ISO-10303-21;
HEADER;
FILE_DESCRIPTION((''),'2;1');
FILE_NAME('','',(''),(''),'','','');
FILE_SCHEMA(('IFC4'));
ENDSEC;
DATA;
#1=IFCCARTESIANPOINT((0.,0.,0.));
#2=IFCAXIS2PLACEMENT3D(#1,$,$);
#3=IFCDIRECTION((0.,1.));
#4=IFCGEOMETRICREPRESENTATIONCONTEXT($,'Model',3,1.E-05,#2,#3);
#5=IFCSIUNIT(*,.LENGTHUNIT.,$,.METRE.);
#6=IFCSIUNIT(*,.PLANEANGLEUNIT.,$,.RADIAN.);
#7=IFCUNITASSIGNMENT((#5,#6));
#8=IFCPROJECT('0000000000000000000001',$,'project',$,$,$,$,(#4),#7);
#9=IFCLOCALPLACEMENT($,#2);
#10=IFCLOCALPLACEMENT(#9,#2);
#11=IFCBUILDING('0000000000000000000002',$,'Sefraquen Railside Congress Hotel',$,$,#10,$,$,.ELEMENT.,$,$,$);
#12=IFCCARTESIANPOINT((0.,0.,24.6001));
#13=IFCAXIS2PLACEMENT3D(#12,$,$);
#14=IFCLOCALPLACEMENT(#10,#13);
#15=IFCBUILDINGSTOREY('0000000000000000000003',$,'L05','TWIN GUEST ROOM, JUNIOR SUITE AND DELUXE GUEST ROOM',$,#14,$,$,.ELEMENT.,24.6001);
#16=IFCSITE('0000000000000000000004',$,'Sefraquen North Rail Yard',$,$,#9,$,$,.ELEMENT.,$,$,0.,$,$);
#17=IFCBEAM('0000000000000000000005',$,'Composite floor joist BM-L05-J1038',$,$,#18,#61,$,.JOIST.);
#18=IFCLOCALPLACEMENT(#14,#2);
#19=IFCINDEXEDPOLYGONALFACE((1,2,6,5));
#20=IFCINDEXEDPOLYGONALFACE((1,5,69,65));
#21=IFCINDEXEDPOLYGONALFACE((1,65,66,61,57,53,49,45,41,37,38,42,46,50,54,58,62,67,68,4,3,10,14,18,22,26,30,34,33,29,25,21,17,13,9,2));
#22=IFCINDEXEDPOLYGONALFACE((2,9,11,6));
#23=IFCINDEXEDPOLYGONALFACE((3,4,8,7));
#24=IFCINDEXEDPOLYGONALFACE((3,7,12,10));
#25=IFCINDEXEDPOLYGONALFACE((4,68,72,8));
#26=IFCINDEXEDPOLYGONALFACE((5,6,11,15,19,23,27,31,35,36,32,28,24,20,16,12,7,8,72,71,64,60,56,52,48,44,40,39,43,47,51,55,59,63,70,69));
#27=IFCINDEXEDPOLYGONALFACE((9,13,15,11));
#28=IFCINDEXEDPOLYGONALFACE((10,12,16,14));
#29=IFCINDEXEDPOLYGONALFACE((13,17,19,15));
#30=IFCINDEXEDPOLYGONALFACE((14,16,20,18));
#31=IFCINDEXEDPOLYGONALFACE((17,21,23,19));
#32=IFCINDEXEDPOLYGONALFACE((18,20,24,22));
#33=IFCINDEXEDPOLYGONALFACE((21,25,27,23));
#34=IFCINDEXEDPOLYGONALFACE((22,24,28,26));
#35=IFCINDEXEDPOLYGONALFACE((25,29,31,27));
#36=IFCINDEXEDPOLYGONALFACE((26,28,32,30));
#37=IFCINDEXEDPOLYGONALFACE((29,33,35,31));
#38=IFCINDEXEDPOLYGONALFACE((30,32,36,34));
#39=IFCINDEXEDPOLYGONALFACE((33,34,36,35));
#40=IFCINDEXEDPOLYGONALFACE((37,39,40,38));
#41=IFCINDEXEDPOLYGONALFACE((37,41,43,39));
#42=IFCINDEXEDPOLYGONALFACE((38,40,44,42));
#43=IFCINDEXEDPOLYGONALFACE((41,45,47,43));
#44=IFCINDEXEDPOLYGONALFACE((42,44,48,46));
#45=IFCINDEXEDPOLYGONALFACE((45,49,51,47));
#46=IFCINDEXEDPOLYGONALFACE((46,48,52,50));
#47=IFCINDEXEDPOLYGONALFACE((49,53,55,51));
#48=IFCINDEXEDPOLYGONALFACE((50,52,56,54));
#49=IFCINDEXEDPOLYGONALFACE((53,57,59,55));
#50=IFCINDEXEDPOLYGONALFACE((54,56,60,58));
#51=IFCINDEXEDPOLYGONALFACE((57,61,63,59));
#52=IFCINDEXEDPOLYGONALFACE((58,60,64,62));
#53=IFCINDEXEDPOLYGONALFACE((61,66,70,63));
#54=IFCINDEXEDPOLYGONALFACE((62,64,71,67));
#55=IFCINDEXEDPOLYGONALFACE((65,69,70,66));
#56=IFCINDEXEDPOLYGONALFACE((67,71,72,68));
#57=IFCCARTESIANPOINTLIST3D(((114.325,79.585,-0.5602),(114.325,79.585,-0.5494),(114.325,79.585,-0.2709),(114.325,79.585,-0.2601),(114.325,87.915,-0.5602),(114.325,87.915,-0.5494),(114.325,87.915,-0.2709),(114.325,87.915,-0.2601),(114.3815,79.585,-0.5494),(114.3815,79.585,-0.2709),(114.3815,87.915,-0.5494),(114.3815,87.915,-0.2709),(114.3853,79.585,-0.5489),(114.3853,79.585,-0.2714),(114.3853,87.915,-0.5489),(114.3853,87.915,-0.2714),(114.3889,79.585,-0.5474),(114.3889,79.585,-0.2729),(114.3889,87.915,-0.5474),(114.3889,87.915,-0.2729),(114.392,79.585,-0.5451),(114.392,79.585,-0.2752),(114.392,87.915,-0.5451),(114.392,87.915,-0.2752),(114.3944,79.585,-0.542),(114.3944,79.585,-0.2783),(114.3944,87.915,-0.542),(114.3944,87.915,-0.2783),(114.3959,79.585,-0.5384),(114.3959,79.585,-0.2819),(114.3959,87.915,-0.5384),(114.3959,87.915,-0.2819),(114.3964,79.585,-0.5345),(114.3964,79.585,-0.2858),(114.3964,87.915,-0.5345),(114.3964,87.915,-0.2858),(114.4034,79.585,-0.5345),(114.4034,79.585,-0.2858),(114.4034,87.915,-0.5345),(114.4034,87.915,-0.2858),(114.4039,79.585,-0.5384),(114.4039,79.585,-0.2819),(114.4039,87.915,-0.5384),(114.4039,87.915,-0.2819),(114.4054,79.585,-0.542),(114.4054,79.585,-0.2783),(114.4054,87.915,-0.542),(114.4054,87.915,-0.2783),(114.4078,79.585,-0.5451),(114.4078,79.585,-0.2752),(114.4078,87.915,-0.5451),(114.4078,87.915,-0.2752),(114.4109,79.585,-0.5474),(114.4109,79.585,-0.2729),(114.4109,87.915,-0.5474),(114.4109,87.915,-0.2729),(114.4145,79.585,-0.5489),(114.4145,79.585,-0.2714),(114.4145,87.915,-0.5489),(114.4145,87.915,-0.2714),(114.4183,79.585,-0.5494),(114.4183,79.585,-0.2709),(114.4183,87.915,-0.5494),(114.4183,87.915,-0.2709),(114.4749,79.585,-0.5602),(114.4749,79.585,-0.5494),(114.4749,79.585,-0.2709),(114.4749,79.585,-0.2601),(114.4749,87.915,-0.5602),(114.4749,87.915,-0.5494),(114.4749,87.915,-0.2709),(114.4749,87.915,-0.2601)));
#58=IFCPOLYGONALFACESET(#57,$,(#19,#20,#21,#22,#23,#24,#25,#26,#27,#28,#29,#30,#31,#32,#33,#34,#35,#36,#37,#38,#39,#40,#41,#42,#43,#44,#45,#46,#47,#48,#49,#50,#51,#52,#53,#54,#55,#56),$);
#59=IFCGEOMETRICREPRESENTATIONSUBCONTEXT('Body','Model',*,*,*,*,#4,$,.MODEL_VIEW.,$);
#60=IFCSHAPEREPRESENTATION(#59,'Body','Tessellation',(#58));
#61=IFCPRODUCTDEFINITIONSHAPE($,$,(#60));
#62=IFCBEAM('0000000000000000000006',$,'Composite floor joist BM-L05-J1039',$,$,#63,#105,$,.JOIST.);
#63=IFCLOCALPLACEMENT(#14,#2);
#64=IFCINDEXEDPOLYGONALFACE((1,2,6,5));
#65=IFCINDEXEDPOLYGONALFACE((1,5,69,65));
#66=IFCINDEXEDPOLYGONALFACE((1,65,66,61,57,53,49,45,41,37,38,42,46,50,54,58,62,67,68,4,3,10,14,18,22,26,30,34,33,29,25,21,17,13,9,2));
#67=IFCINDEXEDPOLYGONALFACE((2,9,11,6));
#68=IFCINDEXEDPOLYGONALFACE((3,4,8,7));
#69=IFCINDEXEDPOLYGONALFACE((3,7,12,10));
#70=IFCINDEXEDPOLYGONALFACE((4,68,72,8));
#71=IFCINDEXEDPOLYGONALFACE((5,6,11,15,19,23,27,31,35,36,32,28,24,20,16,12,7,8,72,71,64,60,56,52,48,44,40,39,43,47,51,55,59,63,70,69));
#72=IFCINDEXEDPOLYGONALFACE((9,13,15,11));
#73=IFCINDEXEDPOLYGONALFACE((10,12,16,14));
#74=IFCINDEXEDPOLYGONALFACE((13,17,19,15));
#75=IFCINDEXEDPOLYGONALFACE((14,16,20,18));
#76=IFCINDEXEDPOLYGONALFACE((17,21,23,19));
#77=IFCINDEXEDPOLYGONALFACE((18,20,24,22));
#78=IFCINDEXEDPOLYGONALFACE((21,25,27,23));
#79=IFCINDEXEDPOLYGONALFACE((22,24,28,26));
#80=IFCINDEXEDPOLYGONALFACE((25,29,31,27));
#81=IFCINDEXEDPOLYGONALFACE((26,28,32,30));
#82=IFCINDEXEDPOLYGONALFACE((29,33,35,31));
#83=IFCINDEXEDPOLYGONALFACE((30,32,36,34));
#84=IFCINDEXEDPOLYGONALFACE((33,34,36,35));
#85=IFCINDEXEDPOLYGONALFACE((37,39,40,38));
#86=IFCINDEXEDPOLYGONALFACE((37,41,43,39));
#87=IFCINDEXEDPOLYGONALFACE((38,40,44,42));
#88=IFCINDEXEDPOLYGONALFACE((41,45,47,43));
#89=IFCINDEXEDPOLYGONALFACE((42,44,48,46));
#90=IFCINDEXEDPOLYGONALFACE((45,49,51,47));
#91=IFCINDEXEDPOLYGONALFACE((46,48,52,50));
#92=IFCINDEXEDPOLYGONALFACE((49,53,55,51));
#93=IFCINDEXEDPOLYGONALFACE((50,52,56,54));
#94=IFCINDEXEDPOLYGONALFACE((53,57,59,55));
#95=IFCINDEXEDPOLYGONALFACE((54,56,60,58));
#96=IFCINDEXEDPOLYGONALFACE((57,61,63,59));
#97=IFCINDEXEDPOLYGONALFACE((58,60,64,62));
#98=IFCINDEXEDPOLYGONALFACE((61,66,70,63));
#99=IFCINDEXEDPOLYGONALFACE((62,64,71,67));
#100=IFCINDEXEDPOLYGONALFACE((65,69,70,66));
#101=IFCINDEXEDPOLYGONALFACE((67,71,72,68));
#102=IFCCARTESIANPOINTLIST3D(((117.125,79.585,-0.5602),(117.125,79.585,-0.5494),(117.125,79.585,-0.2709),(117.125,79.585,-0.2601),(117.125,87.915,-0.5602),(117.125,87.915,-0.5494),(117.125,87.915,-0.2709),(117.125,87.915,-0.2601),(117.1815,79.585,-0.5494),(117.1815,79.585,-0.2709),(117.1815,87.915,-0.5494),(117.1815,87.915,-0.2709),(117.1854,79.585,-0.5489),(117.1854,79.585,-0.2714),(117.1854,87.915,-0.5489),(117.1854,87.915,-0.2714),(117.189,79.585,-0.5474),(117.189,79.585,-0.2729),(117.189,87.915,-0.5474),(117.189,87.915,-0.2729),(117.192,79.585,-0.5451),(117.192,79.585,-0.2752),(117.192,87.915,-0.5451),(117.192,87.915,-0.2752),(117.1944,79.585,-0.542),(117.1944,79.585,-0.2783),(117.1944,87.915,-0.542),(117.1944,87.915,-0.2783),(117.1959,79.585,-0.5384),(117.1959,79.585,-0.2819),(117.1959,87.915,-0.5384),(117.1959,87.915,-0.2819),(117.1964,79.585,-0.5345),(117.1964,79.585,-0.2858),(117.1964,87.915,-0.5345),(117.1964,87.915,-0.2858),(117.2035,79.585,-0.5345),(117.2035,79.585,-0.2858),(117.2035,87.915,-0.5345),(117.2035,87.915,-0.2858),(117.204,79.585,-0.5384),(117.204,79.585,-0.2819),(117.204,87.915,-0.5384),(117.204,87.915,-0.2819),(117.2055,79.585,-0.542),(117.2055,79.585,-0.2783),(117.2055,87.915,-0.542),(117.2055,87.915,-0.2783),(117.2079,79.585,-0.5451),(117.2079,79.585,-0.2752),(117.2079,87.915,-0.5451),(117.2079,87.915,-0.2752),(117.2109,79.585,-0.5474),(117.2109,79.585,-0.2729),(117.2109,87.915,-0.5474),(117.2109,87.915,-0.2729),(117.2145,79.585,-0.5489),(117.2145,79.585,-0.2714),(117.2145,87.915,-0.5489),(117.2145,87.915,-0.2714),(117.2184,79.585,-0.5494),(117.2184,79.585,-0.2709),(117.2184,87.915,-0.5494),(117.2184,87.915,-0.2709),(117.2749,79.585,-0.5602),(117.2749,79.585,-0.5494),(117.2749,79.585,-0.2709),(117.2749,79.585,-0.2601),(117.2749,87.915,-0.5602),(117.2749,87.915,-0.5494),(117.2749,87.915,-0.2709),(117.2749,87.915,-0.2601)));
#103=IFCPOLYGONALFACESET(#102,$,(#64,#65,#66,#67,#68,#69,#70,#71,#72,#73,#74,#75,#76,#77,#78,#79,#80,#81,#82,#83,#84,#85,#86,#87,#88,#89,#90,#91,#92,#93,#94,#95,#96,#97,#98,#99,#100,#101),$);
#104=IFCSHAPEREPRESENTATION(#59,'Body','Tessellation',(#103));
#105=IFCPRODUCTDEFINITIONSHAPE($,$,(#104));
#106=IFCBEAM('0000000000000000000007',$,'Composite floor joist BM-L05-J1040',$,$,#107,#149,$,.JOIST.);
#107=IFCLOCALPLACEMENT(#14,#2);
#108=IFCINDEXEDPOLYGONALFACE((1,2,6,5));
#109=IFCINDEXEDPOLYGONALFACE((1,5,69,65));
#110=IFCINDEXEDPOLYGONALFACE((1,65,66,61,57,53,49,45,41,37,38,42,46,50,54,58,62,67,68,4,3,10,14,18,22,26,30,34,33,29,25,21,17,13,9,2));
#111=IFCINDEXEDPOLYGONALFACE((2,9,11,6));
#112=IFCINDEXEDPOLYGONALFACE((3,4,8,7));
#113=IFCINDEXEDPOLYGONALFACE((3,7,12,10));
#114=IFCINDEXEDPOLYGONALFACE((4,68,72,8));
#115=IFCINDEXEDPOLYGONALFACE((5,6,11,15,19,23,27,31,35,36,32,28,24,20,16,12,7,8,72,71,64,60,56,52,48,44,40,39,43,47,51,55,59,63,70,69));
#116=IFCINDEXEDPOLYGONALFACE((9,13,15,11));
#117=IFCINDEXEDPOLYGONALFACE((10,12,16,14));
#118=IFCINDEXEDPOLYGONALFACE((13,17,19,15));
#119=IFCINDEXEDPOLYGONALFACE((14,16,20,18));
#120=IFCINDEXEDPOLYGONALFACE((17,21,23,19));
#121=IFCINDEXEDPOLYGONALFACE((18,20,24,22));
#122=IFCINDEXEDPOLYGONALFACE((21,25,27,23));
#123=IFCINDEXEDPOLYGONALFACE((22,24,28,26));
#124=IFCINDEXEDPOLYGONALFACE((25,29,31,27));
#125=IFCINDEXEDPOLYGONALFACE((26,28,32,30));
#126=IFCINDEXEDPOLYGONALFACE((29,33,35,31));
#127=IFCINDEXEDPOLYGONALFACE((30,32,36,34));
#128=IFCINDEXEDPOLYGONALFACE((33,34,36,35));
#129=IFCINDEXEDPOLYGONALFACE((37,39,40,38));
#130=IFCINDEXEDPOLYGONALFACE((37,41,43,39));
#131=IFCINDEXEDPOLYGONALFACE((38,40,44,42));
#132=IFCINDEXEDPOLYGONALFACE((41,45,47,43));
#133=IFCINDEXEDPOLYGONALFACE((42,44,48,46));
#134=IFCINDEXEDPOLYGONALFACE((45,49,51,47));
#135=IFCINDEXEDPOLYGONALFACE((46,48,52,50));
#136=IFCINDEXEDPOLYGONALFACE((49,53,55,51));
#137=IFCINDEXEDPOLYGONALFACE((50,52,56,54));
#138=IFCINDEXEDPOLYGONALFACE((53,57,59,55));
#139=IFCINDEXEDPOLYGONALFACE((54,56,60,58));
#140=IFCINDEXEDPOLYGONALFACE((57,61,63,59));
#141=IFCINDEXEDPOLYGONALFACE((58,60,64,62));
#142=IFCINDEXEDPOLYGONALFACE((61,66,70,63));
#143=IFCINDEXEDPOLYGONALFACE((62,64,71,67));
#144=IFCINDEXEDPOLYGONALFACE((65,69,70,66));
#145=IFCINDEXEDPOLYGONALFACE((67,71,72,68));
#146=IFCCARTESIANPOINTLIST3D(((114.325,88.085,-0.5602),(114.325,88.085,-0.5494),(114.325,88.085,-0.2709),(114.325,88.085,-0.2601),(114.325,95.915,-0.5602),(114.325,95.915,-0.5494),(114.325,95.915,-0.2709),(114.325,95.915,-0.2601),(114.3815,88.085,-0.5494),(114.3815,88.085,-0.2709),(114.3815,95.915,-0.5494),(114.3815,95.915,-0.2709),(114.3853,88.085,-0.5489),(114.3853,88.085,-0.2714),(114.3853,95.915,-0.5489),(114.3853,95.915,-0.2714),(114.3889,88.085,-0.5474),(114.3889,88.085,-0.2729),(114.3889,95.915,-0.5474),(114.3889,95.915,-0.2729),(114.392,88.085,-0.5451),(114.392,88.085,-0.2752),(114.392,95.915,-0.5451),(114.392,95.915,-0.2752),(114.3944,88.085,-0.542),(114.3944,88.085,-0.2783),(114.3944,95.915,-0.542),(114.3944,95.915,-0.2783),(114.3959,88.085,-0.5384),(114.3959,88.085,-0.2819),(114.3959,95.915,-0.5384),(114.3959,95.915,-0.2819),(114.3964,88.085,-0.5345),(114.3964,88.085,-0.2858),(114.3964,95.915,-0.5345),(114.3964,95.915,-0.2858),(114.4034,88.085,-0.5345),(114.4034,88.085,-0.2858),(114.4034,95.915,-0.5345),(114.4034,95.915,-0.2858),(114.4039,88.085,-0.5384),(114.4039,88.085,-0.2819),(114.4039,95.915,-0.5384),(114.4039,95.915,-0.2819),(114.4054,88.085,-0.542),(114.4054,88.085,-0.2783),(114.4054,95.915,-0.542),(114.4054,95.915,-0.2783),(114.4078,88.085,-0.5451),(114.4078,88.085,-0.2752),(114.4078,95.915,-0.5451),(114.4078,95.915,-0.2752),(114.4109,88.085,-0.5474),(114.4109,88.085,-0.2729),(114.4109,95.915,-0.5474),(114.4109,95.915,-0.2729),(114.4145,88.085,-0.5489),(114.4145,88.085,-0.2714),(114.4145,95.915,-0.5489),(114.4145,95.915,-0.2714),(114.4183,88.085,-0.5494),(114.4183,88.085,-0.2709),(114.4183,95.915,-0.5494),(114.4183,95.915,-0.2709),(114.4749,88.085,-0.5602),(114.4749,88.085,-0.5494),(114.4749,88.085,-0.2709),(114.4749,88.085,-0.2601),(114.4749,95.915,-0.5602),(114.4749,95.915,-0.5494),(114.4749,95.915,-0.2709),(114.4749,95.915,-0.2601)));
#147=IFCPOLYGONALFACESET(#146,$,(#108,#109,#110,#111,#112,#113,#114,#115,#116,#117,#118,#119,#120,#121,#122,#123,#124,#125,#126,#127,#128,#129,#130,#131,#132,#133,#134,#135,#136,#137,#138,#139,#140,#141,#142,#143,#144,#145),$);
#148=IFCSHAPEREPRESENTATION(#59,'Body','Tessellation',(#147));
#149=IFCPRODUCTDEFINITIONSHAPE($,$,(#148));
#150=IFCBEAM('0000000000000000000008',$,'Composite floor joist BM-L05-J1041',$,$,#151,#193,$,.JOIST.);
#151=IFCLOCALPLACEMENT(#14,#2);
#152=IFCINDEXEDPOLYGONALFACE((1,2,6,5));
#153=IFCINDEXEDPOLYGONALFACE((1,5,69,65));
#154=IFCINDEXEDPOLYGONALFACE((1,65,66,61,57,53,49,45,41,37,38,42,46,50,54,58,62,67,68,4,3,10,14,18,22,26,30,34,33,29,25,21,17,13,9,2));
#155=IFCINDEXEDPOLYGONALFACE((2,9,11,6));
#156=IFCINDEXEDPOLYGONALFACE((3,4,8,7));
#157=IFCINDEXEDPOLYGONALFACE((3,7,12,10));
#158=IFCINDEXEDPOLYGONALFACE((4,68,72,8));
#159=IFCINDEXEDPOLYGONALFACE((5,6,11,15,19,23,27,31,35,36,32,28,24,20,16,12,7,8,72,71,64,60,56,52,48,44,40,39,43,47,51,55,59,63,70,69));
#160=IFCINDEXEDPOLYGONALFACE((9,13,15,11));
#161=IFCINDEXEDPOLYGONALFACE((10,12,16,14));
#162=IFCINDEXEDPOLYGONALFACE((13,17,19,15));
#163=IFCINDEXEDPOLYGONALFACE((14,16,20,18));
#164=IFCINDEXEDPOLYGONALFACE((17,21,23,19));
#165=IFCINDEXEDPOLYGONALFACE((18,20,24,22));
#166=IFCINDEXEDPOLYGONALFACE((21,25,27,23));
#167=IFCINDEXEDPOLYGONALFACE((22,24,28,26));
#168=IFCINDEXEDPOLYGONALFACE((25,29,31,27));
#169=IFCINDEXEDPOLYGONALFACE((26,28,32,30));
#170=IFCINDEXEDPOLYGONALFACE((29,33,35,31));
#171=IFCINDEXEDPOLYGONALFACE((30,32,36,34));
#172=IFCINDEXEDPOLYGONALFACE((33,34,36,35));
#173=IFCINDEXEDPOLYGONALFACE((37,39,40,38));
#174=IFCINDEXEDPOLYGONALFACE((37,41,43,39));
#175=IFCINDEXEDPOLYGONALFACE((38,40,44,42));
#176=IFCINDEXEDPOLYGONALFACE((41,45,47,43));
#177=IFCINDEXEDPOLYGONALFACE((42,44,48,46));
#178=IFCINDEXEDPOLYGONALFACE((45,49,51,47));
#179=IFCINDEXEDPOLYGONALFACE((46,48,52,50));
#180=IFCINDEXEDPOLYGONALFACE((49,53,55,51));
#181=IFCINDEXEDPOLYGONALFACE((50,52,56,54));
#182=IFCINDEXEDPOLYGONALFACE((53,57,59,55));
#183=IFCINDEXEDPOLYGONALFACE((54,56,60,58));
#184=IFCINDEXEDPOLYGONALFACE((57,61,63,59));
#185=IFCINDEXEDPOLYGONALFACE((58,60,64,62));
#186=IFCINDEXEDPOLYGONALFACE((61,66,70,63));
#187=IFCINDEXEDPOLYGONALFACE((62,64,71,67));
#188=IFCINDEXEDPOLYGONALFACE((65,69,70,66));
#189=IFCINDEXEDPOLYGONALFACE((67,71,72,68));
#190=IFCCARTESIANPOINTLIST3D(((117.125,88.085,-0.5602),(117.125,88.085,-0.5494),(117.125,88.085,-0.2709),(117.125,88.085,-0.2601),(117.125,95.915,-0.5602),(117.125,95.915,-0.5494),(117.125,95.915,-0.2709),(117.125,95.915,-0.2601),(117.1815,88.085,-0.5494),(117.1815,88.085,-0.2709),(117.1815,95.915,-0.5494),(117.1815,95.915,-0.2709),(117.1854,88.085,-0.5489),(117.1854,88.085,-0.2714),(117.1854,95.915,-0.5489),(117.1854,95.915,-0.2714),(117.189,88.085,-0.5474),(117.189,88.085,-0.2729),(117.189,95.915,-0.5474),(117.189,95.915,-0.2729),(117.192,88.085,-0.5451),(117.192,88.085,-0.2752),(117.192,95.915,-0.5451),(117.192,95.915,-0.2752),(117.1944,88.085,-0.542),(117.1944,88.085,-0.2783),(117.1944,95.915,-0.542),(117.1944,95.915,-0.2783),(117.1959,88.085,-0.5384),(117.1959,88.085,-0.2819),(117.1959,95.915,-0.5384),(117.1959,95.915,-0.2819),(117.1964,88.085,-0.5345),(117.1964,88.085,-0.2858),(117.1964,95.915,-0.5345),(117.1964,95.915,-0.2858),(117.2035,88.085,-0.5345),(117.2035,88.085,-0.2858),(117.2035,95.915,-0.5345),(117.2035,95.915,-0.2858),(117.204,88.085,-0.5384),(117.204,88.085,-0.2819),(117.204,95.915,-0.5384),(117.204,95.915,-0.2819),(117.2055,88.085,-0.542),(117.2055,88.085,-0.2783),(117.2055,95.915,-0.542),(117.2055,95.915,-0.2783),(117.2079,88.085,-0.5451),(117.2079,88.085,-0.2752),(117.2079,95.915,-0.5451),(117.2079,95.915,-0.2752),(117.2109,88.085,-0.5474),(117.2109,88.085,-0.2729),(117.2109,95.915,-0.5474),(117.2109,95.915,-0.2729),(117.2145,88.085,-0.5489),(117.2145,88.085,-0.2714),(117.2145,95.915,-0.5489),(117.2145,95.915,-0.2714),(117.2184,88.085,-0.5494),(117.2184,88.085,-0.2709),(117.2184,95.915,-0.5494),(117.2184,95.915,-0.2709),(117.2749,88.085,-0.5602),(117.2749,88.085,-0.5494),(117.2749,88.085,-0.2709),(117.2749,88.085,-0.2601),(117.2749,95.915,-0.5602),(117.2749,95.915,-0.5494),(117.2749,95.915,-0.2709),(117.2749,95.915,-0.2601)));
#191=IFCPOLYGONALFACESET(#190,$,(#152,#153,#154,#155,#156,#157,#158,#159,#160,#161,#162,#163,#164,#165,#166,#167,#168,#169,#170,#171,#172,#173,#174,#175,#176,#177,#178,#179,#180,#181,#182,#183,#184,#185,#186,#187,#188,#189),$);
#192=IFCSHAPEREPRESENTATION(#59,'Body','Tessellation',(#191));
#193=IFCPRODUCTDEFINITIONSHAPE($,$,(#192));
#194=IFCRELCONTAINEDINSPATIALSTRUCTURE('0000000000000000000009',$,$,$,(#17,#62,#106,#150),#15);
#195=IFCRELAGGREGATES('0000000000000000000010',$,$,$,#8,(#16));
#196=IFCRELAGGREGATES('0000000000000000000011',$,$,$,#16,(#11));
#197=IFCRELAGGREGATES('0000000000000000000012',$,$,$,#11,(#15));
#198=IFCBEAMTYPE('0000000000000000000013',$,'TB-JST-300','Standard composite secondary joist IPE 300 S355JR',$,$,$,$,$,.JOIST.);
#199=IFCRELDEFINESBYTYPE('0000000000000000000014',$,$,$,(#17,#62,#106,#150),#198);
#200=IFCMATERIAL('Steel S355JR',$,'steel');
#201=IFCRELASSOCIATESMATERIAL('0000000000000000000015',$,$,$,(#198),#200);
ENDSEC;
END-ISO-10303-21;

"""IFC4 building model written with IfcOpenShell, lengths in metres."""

from ifc_helpers import new_model, si_unit, direction, frame, origin, origin_2d, place, context, subcontext, project, spatial, i_section, extrude, material, material_profile, profile_set, type_object, element, save


model = new_model("IFC4")

# Units and contexts
model_context = context("Model", 3, precision=1e-05, world=origin(), true_north=direction((0.0, 1.0)))
body_context = subcontext(model_context, "Body", "Model", "MODEL_VIEW")
ifc_project = project(units=[si_unit("LENGTHUNIT", "METRE"), si_unit("PLANEANGLEUNIT", "RADIAN")], contexts=[model_context])

# Site, building, storey
site_placement = place(None, origin())
site = spatial("IfcSite", under=ifc_project, at=site_placement, Name="Sefraquen North Rail Yard", CompositionType="ELEMENT", RefElevation=0.0)
building_placement = place(site_placement, origin())
building = spatial("IfcBuilding", under=site, at=building_placement, Name="Sefraquen Railside Congress Hotel", CompositionType="ELEMENT")
storey_placement = place(building_placement, frame((0.0, 0.0, 24.6001)))
storey = spatial("IfcBuildingStorey", under=building, at=storey_placement, Name="L05", Description="TWIN GUEST ROOM, JUNIOR SUITE AND DELUXE GUEST ROOM", CompositionType="ELEMENT", Elevation=24.6001)

# Beams
ifc_material_1 = material(Name="Steel S355JR", Category="steel")
ifc_material_profile_1 = material_profile(ifc_material_1, i_section(OverallWidth=0.1499, OverallDepth=0.3, WebThickness=0.0071, FlangeThickness=0.0107, FilletRadius=0.0149, at=origin_2d()), Name="IPE 300")
ifc_profile_set_1 = profile_set([ifc_material_profile_1], Name="Steel S355JR")
beam_type_1 = type_object("IfcBeamType", Name="TB-JST-300", Description="Standard composite secondary joist IPE 300 S355JR", PredefinedType="JOIST", material=ifc_profile_set_1)
for number, where, z_axis, x_axis, name in (
    (1, (114.3999, 79.585, -0.4102), (0.0, 1.0, 0.0), (-1.0, 0.0, 0.0), "Composite floor joist BM-L05-J1038"),
    (2, (117.2, 79.585, -0.4102), (0.0, 1.0, 0.0), (-1.0, 0.0, 0.0), "Composite floor joist BM-L05-J1039"),
):
    element("IfcBeam", number, at=place(storey_placement, frame(where, z_axis=z_axis, x_axis=x_axis)), inside=storey, type_object=beam_type_1, Name=name, PredefinedType="JOIST", context=body_context, shape_type="SweptSolid", body=[
        extrude(i_section(OverallWidth=0.1499, OverallDepth=0.3, WebThickness=0.0071, FlangeThickness=0.0107, FilletRadius=0.0149, at=origin_2d()), origin(), (0.0, 0.0, 1.0), 8.3301),
    ])
for number, where, z_axis, x_axis, name in (
    (3, (114.3999, 88.085, -0.4102), (0.0, 1.0, 0.0), (-1.0, 0.0, 0.0), "Composite floor joist BM-L05-J1040"),
    (4, (117.2, 88.085, -0.4102), (0.0, 1.0, 0.0), (-1.0, 0.0, 0.0), "Composite floor joist BM-L05-J1041"),
):
    element("IfcBeam", number, at=place(storey_placement, frame(where, z_axis=z_axis, x_axis=x_axis)), inside=storey, type_object=beam_type_1, Name=name, PredefinedType="JOIST", context=body_context, shape_type="SweptSolid", body=[
        extrude(i_section(OverallWidth=0.1499, OverallDepth=0.3, WebThickness=0.0071, FlangeThickness=0.0107, FilletRadius=0.0149, at=origin_2d()), origin(), (0.0, 0.0, 1.0), 7.8301),
    ])

save(model, "model.ifc")
